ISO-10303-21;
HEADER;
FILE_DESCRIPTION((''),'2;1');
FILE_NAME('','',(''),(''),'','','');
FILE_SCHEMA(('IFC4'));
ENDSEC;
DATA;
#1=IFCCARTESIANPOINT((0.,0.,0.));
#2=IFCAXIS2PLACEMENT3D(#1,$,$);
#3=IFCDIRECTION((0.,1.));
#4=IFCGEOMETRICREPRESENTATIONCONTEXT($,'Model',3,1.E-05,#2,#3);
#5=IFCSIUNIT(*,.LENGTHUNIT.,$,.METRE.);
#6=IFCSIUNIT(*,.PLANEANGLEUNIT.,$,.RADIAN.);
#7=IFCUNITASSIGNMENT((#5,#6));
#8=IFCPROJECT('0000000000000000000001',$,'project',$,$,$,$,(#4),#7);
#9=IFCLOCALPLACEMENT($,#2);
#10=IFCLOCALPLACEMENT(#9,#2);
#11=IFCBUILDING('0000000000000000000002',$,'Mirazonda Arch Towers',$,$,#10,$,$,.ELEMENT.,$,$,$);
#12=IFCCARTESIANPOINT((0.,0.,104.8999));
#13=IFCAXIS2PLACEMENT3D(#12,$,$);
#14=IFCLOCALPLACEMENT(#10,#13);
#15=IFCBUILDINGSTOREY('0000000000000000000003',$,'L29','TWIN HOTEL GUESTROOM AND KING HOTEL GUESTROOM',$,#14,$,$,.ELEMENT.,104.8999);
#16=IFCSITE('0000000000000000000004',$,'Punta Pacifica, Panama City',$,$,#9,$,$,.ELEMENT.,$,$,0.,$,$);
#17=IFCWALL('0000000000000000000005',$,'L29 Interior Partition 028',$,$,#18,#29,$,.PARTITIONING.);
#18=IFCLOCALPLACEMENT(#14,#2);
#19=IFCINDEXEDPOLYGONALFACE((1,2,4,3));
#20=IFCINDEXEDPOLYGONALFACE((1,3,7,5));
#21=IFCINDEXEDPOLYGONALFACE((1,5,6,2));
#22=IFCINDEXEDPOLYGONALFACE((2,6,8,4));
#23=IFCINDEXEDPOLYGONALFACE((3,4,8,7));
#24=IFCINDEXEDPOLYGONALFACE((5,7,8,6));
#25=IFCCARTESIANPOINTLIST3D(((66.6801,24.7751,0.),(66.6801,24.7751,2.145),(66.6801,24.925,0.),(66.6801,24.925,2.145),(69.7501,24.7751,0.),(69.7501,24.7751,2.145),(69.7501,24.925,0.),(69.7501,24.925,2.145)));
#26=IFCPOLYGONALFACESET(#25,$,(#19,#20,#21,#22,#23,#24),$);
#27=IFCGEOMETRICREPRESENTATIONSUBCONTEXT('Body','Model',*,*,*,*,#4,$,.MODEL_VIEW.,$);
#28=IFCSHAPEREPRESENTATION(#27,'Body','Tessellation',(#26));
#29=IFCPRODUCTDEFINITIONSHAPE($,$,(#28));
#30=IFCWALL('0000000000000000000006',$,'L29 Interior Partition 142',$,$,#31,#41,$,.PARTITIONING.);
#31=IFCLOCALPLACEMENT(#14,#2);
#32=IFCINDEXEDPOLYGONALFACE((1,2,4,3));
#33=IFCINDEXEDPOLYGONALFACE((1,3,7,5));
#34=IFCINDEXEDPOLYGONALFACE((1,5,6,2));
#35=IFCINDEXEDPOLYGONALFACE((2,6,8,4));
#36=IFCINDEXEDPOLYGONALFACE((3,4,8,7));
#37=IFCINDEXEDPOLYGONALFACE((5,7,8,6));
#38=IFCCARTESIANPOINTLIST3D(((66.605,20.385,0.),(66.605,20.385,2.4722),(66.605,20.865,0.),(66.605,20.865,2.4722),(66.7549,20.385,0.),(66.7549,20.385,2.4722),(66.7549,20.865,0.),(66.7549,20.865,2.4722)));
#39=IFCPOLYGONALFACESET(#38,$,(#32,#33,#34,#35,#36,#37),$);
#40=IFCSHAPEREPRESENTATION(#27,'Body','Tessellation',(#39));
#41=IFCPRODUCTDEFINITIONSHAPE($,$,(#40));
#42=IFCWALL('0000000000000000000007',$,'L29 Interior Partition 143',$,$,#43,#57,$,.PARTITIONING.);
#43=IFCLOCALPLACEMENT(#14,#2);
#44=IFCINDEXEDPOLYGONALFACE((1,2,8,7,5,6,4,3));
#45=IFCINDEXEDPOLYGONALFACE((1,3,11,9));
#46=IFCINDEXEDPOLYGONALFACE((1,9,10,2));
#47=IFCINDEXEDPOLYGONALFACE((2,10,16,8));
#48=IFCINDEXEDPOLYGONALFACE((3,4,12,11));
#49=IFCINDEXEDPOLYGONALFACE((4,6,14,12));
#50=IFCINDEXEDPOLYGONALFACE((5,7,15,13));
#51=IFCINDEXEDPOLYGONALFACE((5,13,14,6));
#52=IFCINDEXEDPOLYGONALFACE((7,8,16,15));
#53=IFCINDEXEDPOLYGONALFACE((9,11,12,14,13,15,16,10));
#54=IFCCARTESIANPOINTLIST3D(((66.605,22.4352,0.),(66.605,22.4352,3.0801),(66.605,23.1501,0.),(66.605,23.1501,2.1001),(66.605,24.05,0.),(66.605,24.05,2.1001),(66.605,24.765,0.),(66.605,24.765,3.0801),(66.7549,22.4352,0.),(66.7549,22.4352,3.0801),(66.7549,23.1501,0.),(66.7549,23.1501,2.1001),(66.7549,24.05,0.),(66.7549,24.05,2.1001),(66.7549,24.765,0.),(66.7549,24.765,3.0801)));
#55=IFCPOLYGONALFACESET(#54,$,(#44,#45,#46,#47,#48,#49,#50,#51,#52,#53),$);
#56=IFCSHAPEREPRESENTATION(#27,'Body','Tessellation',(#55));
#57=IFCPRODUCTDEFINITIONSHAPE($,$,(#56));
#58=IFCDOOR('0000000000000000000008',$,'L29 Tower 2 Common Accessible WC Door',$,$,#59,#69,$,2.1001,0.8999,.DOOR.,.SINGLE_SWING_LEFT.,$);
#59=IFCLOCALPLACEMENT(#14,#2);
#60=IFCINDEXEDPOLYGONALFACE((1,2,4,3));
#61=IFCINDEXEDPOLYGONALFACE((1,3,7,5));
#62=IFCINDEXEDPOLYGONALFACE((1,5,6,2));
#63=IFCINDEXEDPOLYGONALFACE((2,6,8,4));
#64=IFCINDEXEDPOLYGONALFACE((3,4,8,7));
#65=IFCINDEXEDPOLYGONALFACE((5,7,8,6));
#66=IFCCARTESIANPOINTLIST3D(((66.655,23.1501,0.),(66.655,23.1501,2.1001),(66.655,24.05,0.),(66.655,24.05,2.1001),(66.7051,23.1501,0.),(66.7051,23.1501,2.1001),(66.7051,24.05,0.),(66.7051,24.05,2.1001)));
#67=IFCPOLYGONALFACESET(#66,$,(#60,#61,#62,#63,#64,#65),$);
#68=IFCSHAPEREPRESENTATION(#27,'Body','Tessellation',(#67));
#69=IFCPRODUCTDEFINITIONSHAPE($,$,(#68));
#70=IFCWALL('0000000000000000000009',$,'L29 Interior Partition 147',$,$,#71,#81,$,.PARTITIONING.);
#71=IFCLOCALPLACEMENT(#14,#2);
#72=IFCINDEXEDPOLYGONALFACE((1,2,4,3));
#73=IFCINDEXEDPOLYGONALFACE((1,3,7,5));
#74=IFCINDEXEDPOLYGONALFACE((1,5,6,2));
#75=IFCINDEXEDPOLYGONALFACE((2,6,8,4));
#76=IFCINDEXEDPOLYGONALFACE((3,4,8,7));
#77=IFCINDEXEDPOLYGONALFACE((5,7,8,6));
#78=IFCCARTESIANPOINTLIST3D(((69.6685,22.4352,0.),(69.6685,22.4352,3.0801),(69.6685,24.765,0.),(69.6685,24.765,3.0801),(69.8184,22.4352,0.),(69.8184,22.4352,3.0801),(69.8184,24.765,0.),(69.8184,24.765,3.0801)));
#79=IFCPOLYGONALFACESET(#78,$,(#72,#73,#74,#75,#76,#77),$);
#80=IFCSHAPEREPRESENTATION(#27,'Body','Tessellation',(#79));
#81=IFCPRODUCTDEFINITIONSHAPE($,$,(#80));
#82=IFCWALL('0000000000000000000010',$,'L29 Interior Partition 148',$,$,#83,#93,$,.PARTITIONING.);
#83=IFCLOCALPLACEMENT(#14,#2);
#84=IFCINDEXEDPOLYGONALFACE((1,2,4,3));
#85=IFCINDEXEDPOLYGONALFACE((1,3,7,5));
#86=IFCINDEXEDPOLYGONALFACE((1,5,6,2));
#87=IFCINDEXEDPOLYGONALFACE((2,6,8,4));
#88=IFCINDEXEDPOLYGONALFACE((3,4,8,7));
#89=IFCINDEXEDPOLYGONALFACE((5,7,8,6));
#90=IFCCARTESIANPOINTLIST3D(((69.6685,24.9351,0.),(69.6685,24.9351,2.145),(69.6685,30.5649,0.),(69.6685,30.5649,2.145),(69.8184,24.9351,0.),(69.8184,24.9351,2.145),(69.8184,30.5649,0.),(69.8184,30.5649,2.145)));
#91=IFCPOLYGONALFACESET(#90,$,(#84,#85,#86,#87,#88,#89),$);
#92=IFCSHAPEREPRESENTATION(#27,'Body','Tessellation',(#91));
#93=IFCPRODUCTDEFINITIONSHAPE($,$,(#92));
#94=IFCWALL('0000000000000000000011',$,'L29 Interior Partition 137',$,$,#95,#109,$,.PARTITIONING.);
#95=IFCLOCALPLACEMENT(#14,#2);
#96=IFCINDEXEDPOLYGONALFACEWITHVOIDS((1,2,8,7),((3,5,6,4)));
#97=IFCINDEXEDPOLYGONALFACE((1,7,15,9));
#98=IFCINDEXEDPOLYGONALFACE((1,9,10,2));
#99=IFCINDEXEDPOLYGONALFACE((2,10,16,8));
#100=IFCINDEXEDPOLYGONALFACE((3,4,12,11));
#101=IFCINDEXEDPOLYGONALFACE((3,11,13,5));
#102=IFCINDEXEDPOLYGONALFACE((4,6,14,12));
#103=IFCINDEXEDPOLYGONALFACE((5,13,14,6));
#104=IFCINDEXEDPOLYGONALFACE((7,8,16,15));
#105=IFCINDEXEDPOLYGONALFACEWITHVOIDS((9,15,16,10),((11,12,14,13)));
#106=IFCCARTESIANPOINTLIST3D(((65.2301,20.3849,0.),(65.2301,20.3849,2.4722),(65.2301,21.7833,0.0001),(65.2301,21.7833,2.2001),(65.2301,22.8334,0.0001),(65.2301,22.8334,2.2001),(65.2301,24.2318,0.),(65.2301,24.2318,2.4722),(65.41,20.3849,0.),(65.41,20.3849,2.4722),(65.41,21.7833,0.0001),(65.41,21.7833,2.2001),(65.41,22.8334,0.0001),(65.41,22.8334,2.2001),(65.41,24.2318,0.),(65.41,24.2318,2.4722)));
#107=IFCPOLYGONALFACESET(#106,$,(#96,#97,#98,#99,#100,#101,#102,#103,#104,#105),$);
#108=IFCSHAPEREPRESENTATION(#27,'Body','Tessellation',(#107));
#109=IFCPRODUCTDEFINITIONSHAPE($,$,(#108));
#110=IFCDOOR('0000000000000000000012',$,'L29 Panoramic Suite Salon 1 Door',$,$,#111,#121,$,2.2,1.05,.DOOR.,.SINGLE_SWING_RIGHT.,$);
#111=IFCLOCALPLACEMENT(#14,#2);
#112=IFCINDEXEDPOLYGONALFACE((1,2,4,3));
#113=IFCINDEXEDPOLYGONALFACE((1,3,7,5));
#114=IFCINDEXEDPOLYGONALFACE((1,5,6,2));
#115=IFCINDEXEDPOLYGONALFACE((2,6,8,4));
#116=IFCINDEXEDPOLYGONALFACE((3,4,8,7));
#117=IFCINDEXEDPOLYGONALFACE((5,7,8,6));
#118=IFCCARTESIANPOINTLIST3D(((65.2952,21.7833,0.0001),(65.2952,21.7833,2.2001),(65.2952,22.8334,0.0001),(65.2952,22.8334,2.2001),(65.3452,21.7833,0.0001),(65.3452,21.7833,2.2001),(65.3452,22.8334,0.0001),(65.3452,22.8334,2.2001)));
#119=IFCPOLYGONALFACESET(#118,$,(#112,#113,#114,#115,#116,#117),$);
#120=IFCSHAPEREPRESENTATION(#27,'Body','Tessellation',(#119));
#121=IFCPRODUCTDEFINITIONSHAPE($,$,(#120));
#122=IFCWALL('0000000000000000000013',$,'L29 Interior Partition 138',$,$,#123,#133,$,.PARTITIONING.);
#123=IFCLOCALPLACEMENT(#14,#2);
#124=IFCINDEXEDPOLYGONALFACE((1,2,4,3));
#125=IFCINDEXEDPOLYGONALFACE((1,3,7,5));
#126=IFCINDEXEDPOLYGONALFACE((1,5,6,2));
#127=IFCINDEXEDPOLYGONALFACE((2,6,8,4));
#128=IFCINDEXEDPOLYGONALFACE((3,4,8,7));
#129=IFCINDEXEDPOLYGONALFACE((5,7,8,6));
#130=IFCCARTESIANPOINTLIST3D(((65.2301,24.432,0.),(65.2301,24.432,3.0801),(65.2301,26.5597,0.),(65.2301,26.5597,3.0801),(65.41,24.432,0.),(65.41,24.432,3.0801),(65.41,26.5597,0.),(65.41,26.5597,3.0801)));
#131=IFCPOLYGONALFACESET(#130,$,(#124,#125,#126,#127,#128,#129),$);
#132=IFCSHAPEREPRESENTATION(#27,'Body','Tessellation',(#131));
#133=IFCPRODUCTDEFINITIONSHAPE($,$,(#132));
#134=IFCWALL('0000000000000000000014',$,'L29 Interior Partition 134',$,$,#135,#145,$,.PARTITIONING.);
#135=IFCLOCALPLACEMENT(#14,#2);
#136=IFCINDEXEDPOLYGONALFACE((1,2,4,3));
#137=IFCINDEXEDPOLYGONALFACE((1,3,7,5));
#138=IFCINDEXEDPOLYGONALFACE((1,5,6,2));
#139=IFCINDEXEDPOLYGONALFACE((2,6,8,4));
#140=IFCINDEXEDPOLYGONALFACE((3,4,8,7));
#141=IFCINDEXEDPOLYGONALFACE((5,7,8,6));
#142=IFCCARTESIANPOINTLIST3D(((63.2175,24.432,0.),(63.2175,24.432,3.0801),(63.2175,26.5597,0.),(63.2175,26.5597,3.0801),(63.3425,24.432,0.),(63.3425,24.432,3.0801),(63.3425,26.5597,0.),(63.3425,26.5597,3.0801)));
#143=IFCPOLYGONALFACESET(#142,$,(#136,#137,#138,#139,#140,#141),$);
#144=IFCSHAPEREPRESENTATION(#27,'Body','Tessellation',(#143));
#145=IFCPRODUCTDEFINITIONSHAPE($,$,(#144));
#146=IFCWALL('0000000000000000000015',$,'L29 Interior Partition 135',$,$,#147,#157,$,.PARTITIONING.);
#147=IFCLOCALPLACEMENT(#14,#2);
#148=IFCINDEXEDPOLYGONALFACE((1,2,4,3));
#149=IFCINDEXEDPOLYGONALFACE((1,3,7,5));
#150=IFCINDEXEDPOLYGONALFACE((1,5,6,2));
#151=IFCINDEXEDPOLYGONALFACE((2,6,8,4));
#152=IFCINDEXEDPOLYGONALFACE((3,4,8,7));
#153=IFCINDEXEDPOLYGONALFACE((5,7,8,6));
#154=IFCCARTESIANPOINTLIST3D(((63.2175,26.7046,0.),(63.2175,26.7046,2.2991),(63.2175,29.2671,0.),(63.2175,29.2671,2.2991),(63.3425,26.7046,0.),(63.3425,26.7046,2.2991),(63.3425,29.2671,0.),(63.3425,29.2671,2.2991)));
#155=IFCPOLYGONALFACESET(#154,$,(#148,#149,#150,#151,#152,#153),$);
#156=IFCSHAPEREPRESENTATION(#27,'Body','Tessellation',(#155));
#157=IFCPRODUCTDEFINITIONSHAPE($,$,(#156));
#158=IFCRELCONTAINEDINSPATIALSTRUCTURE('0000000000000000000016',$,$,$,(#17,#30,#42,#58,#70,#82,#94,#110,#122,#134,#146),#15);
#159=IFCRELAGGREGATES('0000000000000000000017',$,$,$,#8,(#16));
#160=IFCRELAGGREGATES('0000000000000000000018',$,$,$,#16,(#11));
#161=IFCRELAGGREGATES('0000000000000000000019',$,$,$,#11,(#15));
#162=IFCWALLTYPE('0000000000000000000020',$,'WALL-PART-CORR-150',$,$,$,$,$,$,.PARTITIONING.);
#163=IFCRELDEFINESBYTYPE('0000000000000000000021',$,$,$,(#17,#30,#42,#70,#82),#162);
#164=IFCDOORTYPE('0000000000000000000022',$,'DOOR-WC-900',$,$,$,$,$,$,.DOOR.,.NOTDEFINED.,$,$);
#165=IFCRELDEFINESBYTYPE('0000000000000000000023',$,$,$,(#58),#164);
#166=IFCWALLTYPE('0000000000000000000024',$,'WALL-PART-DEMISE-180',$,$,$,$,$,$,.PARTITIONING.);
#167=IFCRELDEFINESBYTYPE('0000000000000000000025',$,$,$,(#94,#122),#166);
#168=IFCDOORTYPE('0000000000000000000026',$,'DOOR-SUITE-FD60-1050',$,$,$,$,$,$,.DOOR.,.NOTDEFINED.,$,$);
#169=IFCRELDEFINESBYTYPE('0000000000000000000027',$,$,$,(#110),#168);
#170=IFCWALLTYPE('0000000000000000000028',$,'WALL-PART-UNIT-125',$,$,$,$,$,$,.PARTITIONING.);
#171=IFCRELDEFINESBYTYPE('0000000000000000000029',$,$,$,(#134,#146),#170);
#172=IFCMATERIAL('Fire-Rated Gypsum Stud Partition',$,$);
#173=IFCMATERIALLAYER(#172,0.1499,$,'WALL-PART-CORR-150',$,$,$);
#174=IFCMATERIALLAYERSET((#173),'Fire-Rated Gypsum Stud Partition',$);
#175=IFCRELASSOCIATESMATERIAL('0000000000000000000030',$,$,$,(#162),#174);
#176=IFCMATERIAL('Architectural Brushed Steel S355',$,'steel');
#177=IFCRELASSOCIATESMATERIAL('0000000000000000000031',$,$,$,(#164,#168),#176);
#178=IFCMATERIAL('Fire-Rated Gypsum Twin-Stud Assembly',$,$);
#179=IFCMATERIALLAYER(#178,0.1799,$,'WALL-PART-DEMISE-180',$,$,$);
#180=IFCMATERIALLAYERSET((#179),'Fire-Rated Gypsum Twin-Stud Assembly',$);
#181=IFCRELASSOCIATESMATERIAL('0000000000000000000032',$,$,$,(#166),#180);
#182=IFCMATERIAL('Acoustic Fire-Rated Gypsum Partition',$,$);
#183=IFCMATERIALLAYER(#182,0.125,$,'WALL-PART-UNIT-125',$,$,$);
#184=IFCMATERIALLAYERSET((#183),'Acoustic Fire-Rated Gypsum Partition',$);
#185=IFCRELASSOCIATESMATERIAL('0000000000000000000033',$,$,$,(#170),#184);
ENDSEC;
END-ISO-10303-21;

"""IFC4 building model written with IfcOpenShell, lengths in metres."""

from ifc_helpers import new_model, si_unit, direction, frame, frame_2d, origin, place, context, subcontext, project, spatial, rectangle, extrude, material, layer, layer_set, type_object, element, fill, save


model = new_model("IFC4")

# Units and contexts
model_context = context("Model", 3, precision=1e-05, world=origin(), true_north=direction((0.0, 1.0)))
body_context = subcontext(model_context, "Body", "Model", "MODEL_VIEW")
ifc_project = project(units=[si_unit("LENGTHUNIT", "METRE"), si_unit("PLANEANGLEUNIT", "RADIAN")], contexts=[model_context])

# Site, building, storey
site_placement = place(None, origin())
site = spatial("IfcSite", under=ifc_project, at=site_placement, Name="Punta Pacifica, Panama City", CompositionType="ELEMENT", RefElevation=0.0)
building_placement = place(site_placement, origin())
building = spatial("IfcBuilding", under=site, at=building_placement, Name="Mirazonda Arch Towers", CompositionType="ELEMENT")
storey_placement = place(building_placement, frame((0.0, 0.0, 104.8999)))
storey = spatial("IfcBuildingStorey", under=building, at=storey_placement, Name="L29", Description="TWIN HOTEL GUESTROOM AND KING HOTEL GUESTROOM", CompositionType="ELEMENT", Elevation=104.8999)

# Shared definitions
ifc_material_1 = material(Name="Architectural Brushed Steel S355", Category="steel")

# Shared definitions
ifc_material_2 = material(Name="Fire-Rated Gypsum Stud Partition")
ifc_layer_1 = layer(ifc_material_2, 0.1499, Name="WALL-PART-CORR-150")
ifc_layer_set_1 = layer_set([ifc_layer_1], Name="Fire-Rated Gypsum Stud Partition")
wall_type_1 = type_object("IfcWallType", Name="WALL-PART-CORR-150", PredefinedType="PARTITIONING", material=ifc_layer_set_1)

# Walls
wall_1_placement = place(storey_placement, frame((66.6799, 24.8501, 0.0), z_axis=(0.0, 0.0, 1.0), x_axis=(1.0, 0.0, 0.0)))
element("IfcWall", 1, at=wall_1_placement, inside=storey, type_object=wall_type_1, Name="L29 Interior Partition 028", PredefinedType="PARTITIONING", context=body_context, shape_type="SweptSolid", body=[
    extrude(rectangle(XDim=3.0701, YDim=0.1499, at=frame_2d((1.5352, 0.0))), origin(), (0.0, 0.0, 1.0), 2.145),
])
wall_2_placement = place(storey_placement, frame((66.6799, 20.385, 0.0), z_axis=(0.0, 0.0, 1.0), x_axis=(0.0, 1.0, 0.0)))
element("IfcWall", 2, at=wall_2_placement, inside=storey, type_object=wall_type_1, Name="L29 Interior Partition 142", PredefinedType="PARTITIONING", context=body_context, shape_type="SweptSolid", body=[
    extrude(rectangle(XDim=0.48, YDim=0.1499, at=frame_2d((0.24, 0.0))), origin(), (0.0, 0.0, 1.0), 2.4722),
])

# Wall, opening, door
wall_3_placement = place(storey_placement, frame((66.6799, 22.4351, 0.0), z_axis=(0.0, 0.0, 1.0), x_axis=(0.0, 1.0, 0.0)))
wall_3 = element("IfcWall", 3, at=wall_3_placement, inside=storey, type_object=wall_type_1, Name="L29 Interior Partition 143", PredefinedType="PARTITIONING", context=body_context, shape_type="SweptSolid", body=[
    extrude(rectangle(XDim=2.3298, YDim=0.1499, at=frame_2d((1.165, 0.0))), origin(), (0.0, 0.0, 1.0), 3.0801),
])
opening_1_placement = place(wall_3_placement, frame((0.7151, 0.0, 0.0)))
opening_1 = element("IfcOpeningElement", 4, at=opening_1_placement, cuts=wall_3, PredefinedType="OPENING", context=body_context, shape_type="SweptSolid", body=[
    extrude(rectangle(XDim=0.8999, YDim=2.1001, at=frame_2d((0.45, 1.05))), frame((0.0, 0.085, 0.0), z_axis=(0.0, -1.0, 0.0), x_axis=(1.0, 0.0, 0.0)), (0.0, 0.0, 1.0), 0.1699),
])
door_type_1 = type_object("IfcDoorType", Name="DOOR-WC-900", OperationType="NOTDEFINED", PredefinedType="DOOR", material=ifc_material_1)
door_1_placement = place(opening_1_placement, origin())
door_1 = element("IfcDoor", 5, at=door_1_placement, inside=storey, type_object=door_type_1, Name="L29 Tower 2 Common Accessible WC Door", OperationType="SINGLE_SWING_LEFT", OverallHeight=2.1001, OverallWidth=0.8999, PredefinedType="DOOR", context=body_context, shape_type="SweptSolid", body=[
    extrude(rectangle(XDim=0.8999, YDim=2.1001, at=frame_2d((0.45, 1.05))), frame((0.0, 0.0249, 0.0), z_axis=(0.0, -1.0, 0.0), x_axis=(1.0, 0.0, 0.0)), (0.0, 0.0, 1.0), 0.05),
])
fill(opening_1, door_1)

# Walls
wall_4_placement = place(storey_placement, frame((69.7434, 22.4351, 0.0), z_axis=(0.0, 0.0, 1.0), x_axis=(0.0, 1.0, 0.0)))
element("IfcWall", 6, at=wall_4_placement, inside=storey, type_object=wall_type_1, Name="L29 Interior Partition 147", PredefinedType="PARTITIONING", context=body_context, shape_type="SweptSolid", body=[
    extrude(rectangle(XDim=2.3298, YDim=0.1499, at=frame_2d((1.165, 0.0))), origin(), (0.0, 0.0, 1.0), 3.0801),
])
wall_5_placement = place(storey_placement, frame((69.7434, 24.9351, 0.0), z_axis=(0.0, 0.0, 1.0), x_axis=(0.0, 1.0, 0.0)))
element("IfcWall", 7, at=wall_5_placement, inside=storey, type_object=wall_type_1, Name="L29 Interior Partition 148", PredefinedType="PARTITIONING", context=body_context, shape_type="SweptSolid", body=[
    extrude(rectangle(XDim=5.6299, YDim=0.1499, at=frame_2d((2.8149, 0.0))), origin(), (0.0, 0.0, 1.0), 2.145),
])

# Wall, opening, door
ifc_material_3 = material(Name="Fire-Rated Gypsum Twin-Stud Assembly")
ifc_layer_2 = layer(ifc_material_3, 0.1799, Name="WALL-PART-DEMISE-180")
ifc_layer_set_2 = layer_set([ifc_layer_2], Name="Fire-Rated Gypsum Twin-Stud Assembly")
wall_type_2 = type_object("IfcWallType", Name="WALL-PART-DEMISE-180", PredefinedType="PARTITIONING", material=ifc_layer_set_2)
wall_6_placement = place(storey_placement, frame((65.3201, 20.385, 0.0), z_axis=(0.0, 0.0, 1.0), x_axis=(0.0, 1.0, 0.0)))
wall_6 = element("IfcWall", 8, at=wall_6_placement, inside=storey, type_object=wall_type_2, Name="L29 Interior Partition 137", PredefinedType="PARTITIONING", context=body_context, shape_type="SweptSolid", body=[
    extrude(rectangle(XDim=3.8469, YDim=0.1799, at=frame_2d((1.9233, 0.0))), origin(), (0.0, 0.0, 1.0), 2.4722),
])
opening_2_placement = place(wall_6_placement, frame((1.3984, 0.0, 0.0)))
opening_2 = element("IfcOpeningElement", 9, at=opening_2_placement, cuts=wall_6, PredefinedType="OPENING", context=body_context, shape_type="SweptSolid", body=[
    extrude(rectangle(XDim=1.05, YDim=2.2, at=frame_2d((0.5249, 1.1001))), frame((0.0, 0.0999, 0.0), z_axis=(0.0, -1.0, 0.0), x_axis=(1.0, 0.0, 0.0)), (0.0, 0.0, 1.0), 0.2),
])
door_type_2 = type_object("IfcDoorType", Name="DOOR-SUITE-FD60-1050", OperationType="NOTDEFINED", PredefinedType="DOOR", material=ifc_material_1)
door_2_placement = place(opening_2_placement, origin())
door_2 = element("IfcDoor", 10, at=door_2_placement, inside=storey, type_object=door_type_2, Name="L29 Panoramic Suite Salon 1 Door", OperationType="SINGLE_SWING_RIGHT", OverallHeight=2.2, OverallWidth=1.05, PredefinedType="DOOR", context=body_context, shape_type="SweptSolid", body=[
    extrude(rectangle(XDim=1.05, YDim=2.2, at=frame_2d((0.5249, 1.1001))), frame((0.0, 0.0249, 0.0), z_axis=(0.0, -1.0, 0.0), x_axis=(1.0, 0.0, 0.0)), (0.0, 0.0, 1.0), 0.05),
])
fill(opening_2, door_2)

# Walls
wall_7_placement = place(storey_placement, frame((65.3201, 24.4319, 0.0), z_axis=(0.0, 0.0, 1.0), x_axis=(0.0, 1.0, 0.0)))
element("IfcWall", 11, at=wall_7_placement, inside=storey, type_object=wall_type_2, Name="L29 Interior Partition 138", PredefinedType="PARTITIONING", context=body_context, shape_type="SweptSolid", body=[
    extrude(rectangle(XDim=2.1277, YDim=0.1799, at=frame_2d((1.064, 0.0))), origin(), (0.0, 0.0, 1.0), 3.0801),
])
ifc_material_4 = material(Name="Acoustic Fire-Rated Gypsum Partition")
ifc_layer_3 = layer(ifc_material_4, 0.125, Name="WALL-PART-UNIT-125")
ifc_layer_set_3 = layer_set([ifc_layer_3], Name="Acoustic Fire-Rated Gypsum Partition")
wall_type_3 = type_object("IfcWallType", Name="WALL-PART-UNIT-125", PredefinedType="PARTITIONING", material=ifc_layer_set_3)
wall_8_placement = place(storey_placement, frame((63.28, 24.4319, 0.0), z_axis=(0.0, 0.0, 1.0), x_axis=(0.0, 1.0, 0.0)))
element("IfcWall", 12, at=wall_8_placement, inside=storey, type_object=wall_type_3, Name="L29 Interior Partition 134", PredefinedType="PARTITIONING", context=body_context, shape_type="SweptSolid", body=[
    extrude(rectangle(XDim=2.1277, YDim=0.125, at=frame_2d((1.064, 0.0))), origin(), (0.0, 0.0, 1.0), 3.0801),
])
wall_9_placement = place(storey_placement, frame((63.28, 26.7046, 0.0), z_axis=(0.0, 0.0, 1.0), x_axis=(0.0, 1.0, 0.0)))
element("IfcWall", 13, at=wall_9_placement, inside=storey, type_object=wall_type_3, Name="L29 Interior Partition 135", PredefinedType="PARTITIONING", context=body_context, shape_type="SweptSolid", body=[
    extrude(rectangle(XDim=2.5625, YDim=0.125, at=frame_2d((1.2812, 0.0))), origin(), (0.0, 0.0, 1.0), 2.2991),
])

save(model, "model.ifc")
